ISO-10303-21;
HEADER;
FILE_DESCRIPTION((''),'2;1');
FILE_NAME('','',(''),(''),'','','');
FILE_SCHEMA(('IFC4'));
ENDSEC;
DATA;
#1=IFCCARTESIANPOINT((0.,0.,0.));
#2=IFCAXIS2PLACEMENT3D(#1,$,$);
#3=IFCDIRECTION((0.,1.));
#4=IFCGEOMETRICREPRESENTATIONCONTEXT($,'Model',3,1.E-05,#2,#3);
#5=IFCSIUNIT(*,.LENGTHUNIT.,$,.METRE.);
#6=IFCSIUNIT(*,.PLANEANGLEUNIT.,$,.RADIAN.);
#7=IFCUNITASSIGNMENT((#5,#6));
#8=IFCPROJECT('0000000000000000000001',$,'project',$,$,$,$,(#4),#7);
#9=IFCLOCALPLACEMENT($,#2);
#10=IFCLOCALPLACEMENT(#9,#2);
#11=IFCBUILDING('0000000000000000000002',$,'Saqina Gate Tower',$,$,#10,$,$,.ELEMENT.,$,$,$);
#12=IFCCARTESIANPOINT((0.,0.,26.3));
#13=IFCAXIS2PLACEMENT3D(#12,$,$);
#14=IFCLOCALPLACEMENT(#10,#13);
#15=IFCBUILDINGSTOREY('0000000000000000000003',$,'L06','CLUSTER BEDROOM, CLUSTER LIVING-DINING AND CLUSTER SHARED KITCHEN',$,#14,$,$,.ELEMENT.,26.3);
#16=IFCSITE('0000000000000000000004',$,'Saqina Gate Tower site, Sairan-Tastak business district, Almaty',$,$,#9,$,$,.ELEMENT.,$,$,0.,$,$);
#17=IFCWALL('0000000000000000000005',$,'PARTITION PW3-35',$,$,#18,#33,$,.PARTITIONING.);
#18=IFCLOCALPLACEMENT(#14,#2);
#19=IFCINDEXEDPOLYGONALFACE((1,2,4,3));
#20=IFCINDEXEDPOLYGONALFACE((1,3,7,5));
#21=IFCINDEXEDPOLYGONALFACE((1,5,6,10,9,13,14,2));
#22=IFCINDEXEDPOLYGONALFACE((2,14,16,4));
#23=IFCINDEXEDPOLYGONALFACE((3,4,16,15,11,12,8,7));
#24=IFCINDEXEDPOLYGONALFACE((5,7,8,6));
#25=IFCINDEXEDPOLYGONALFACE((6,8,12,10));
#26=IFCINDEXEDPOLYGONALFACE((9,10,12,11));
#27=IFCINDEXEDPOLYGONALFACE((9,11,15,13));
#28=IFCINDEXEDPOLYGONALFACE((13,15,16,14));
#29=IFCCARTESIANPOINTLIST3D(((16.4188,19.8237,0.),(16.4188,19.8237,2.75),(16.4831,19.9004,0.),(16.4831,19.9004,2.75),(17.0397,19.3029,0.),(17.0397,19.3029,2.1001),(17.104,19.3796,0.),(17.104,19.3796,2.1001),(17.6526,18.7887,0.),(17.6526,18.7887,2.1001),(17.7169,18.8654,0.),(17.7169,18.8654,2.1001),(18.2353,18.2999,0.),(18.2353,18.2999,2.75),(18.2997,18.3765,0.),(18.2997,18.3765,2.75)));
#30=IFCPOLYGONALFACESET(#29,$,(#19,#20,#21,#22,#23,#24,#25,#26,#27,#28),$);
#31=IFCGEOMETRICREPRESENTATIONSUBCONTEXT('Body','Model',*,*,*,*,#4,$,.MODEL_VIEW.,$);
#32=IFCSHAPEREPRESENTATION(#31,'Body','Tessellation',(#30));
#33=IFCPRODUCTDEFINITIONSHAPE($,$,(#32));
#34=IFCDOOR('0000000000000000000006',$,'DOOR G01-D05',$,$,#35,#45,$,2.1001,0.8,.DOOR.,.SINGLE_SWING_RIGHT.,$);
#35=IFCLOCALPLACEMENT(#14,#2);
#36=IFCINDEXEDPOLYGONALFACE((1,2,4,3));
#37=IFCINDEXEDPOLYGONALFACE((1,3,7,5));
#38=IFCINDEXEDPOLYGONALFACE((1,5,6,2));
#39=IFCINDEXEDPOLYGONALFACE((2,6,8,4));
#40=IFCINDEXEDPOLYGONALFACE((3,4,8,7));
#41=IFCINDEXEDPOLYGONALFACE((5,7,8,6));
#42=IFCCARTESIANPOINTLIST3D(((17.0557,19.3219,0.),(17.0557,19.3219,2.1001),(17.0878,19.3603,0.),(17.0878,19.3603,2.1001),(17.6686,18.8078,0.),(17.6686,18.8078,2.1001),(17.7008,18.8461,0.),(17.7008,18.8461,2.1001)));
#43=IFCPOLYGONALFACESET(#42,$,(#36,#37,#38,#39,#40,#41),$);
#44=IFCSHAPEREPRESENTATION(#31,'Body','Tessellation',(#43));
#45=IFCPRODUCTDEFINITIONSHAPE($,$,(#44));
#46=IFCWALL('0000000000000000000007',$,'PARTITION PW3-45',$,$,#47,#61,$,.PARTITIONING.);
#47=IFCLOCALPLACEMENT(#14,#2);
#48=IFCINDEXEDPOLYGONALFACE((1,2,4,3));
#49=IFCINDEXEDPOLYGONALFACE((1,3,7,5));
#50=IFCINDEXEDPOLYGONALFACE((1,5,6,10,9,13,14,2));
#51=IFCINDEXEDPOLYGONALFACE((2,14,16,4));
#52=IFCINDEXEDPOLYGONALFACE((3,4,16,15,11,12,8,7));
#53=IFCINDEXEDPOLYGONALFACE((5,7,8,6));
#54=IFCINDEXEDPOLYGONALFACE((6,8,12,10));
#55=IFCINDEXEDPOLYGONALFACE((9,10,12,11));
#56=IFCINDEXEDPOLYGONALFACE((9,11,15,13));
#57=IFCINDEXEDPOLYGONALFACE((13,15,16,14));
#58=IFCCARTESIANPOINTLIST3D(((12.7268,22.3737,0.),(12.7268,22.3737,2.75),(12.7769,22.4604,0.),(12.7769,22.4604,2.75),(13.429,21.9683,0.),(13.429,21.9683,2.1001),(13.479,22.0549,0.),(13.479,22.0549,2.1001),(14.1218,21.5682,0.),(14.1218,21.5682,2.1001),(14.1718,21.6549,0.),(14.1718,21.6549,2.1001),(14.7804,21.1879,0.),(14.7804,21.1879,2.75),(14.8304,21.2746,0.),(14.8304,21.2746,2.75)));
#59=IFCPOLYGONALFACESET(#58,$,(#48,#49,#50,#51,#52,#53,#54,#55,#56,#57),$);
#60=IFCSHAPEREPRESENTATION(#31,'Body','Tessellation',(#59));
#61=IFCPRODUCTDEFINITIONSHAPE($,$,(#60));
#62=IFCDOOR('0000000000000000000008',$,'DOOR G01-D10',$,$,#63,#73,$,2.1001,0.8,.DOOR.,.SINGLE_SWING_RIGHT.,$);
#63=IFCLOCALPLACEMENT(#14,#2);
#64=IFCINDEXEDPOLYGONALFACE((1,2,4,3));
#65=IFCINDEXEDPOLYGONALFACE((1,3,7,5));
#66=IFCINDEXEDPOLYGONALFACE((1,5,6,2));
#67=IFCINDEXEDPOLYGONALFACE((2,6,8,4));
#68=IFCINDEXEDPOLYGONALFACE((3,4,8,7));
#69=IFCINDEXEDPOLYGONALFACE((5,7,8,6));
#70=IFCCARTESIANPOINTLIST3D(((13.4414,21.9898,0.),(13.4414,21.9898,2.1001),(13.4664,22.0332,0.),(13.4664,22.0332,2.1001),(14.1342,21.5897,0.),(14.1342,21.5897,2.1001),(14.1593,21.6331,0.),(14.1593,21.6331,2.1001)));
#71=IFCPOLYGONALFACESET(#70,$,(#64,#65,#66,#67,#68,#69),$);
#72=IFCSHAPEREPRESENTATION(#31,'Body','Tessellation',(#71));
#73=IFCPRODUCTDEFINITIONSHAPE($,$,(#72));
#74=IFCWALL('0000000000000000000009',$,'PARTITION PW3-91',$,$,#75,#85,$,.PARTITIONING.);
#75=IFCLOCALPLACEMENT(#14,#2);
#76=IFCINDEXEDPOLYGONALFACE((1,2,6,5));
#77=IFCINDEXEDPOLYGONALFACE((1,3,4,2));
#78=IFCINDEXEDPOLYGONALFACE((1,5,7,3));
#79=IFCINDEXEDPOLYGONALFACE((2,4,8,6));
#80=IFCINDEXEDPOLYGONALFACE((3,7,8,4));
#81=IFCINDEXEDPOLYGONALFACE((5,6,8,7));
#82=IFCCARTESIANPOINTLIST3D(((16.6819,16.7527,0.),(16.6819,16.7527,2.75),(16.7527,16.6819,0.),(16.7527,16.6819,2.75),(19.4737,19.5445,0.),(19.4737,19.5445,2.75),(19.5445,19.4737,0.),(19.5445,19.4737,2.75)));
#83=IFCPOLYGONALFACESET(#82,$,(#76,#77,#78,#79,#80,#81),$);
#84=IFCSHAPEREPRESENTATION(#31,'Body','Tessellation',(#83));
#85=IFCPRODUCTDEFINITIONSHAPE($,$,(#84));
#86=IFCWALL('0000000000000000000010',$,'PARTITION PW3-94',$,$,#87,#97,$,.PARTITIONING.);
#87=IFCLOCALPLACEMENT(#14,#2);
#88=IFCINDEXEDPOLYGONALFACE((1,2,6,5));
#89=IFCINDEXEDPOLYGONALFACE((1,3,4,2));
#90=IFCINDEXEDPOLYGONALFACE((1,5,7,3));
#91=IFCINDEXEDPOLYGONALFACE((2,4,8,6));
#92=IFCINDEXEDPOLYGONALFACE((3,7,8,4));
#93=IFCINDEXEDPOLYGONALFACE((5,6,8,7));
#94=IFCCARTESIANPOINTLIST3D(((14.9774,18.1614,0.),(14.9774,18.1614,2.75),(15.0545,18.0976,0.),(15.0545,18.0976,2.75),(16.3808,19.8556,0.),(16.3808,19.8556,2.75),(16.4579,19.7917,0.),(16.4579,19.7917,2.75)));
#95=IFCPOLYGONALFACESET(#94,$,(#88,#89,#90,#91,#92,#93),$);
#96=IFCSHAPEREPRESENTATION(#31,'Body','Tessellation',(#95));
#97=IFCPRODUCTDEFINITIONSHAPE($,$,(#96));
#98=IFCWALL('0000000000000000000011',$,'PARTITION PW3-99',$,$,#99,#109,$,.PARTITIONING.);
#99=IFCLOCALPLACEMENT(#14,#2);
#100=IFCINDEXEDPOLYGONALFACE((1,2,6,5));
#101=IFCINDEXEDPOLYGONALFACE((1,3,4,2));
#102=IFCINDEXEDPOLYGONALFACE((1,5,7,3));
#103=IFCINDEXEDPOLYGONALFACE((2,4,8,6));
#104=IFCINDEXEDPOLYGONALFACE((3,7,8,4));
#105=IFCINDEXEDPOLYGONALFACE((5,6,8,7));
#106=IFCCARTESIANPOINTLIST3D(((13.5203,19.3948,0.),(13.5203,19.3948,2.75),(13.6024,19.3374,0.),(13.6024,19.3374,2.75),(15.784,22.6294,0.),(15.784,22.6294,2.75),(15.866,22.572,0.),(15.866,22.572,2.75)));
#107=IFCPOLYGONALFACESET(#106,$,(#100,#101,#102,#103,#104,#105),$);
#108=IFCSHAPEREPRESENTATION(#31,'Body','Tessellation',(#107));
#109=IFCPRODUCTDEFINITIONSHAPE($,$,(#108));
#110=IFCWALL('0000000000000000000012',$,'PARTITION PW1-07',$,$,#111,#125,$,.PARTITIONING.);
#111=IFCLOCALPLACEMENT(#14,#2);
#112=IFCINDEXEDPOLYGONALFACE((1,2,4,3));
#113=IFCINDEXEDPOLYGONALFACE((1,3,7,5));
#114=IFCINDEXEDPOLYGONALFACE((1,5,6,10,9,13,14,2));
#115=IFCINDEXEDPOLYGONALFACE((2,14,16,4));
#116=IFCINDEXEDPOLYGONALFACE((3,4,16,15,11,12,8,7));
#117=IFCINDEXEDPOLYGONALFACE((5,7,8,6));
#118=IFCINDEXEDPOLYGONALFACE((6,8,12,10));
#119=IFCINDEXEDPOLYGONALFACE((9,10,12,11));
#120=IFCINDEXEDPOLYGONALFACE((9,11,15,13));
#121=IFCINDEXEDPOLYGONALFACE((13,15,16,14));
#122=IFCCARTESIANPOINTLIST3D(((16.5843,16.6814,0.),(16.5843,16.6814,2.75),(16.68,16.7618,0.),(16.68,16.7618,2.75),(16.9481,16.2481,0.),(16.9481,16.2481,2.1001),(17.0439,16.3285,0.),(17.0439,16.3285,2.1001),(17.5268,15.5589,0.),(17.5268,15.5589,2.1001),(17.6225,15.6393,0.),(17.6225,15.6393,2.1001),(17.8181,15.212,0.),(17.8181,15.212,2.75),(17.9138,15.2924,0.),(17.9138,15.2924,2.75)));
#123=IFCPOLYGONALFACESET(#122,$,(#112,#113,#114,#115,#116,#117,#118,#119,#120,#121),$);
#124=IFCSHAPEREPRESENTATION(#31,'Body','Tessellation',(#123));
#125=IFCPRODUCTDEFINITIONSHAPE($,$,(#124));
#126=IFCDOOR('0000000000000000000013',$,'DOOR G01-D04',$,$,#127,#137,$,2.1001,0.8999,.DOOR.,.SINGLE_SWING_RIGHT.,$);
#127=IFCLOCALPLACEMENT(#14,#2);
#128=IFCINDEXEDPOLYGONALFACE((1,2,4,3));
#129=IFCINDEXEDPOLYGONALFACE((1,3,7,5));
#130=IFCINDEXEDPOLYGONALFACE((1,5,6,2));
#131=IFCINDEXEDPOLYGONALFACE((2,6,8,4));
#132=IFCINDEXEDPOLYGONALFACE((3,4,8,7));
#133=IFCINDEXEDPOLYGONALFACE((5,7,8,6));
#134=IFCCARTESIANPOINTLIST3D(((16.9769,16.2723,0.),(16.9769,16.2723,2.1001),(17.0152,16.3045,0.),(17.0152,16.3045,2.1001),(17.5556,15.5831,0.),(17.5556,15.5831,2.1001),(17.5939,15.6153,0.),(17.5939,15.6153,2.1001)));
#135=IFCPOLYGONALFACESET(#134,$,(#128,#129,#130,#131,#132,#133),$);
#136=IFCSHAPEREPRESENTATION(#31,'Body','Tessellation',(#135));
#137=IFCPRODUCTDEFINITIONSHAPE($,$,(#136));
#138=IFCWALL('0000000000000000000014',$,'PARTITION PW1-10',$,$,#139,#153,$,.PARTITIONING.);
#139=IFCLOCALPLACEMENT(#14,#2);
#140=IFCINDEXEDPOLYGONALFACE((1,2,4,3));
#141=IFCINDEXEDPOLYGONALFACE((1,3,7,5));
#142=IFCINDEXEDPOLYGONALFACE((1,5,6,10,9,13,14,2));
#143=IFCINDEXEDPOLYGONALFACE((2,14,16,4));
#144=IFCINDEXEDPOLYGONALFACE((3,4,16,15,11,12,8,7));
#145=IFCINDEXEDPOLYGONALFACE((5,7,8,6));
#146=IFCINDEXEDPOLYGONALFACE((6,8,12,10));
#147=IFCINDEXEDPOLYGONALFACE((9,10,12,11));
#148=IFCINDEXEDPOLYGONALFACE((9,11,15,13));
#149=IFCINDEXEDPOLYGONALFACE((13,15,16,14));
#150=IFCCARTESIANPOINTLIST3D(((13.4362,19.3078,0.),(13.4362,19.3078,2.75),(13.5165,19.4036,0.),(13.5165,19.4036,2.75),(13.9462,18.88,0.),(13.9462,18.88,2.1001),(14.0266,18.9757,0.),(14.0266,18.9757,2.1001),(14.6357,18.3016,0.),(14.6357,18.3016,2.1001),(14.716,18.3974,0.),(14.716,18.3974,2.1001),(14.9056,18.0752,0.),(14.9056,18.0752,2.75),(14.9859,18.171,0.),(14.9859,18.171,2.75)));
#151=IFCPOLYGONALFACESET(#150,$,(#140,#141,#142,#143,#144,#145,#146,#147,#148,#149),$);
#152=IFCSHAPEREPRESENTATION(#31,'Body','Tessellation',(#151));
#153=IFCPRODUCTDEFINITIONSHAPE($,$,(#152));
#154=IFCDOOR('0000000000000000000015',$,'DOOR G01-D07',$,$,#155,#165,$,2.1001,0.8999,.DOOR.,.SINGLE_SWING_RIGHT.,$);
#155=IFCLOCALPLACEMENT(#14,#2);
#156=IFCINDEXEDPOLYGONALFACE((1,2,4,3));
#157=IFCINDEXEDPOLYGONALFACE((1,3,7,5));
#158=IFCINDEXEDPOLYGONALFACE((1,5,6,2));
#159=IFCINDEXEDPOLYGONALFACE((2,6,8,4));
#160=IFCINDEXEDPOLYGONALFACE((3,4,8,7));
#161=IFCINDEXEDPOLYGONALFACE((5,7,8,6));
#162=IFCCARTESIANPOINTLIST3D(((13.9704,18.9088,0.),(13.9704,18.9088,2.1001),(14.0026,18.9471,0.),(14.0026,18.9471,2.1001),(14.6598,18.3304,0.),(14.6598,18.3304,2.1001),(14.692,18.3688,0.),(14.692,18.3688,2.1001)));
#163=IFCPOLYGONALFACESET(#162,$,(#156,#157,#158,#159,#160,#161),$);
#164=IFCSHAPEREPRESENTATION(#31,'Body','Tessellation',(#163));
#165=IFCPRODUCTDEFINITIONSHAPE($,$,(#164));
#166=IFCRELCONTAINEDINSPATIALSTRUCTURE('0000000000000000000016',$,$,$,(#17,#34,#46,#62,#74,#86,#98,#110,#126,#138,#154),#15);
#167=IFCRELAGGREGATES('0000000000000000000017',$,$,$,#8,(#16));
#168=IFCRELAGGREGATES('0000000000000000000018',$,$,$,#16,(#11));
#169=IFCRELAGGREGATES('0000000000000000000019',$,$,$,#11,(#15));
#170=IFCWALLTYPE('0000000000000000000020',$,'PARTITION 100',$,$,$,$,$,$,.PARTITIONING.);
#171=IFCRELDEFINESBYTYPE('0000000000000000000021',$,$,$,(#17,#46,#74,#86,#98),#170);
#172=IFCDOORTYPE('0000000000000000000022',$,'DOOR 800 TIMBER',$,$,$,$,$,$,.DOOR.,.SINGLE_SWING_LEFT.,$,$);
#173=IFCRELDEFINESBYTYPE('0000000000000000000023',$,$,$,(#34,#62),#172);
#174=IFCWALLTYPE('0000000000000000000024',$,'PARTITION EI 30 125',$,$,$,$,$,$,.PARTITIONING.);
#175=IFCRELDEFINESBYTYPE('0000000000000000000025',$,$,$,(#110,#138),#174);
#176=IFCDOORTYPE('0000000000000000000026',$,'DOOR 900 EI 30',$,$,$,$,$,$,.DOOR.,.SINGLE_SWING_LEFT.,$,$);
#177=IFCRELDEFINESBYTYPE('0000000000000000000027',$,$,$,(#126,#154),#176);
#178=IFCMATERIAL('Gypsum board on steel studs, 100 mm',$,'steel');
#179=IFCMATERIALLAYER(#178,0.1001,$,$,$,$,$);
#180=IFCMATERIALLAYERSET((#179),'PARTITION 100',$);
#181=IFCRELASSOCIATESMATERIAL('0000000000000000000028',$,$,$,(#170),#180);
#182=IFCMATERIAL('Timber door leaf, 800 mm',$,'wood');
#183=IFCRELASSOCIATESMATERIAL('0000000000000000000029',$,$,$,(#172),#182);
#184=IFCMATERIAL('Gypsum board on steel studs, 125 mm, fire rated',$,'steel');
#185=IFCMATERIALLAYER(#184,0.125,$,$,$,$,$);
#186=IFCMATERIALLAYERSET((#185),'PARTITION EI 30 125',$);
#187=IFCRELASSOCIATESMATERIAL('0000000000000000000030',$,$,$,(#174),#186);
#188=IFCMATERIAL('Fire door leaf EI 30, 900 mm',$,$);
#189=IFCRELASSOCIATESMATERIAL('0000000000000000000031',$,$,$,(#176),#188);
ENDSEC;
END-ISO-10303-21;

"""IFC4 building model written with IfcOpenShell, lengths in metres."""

from ifc_helpers import new_model, si_unit, direction, frame, frame_2d, origin, place, context, subcontext, project, spatial, rectangle, extrude, material, layer, layer_set, type_object, element, fill, save


model = new_model("IFC4")

# Units and contexts
model_context = context("Model", 3, precision=1e-05, world=origin(), true_north=direction((0.0, 1.0)))
body_context = subcontext(model_context, "Body", "Model", "MODEL_VIEW")
ifc_project = project(units=[si_unit("LENGTHUNIT", "METRE"), si_unit("PLANEANGLEUNIT", "RADIAN")], contexts=[model_context])

# Site, building, storey
site_placement = place(None, origin())
site = spatial("IfcSite", under=ifc_project, at=site_placement, Name="Saqina Gate Tower site, Sairan-Tastak business district, Almaty", CompositionType="ELEMENT", RefElevation=0.0)
building_placement = place(site_placement, origin())
building = spatial("IfcBuilding", under=site, at=building_placement, Name="Saqina Gate Tower", CompositionType="ELEMENT")
storey_placement = place(building_placement, frame((0.0, 0.0, 26.3)))
storey = spatial("IfcBuildingStorey", under=building, at=storey_placement, Name="L06", Description="CLUSTER BEDROOM, CLUSTER LIVING-DINING AND CLUSTER SHARED KITCHEN", CompositionType="ELEMENT", Elevation=26.3)

# Shared definitions
ifc_material_1 = material(Name="Gypsum board on steel studs, 100 mm", Category="steel")
ifc_layer_1 = layer(ifc_material_1, 0.1001)
ifc_layer_set_1 = layer_set([ifc_layer_1], Name="PARTITION 100")
wall_type_1 = type_object("IfcWallType", Name="PARTITION 100", PredefinedType="PARTITIONING", material=ifc_layer_set_1)
ifc_material_2 = material(Name="Timber door leaf, 800 mm", Category="wood")
door_type_1 = type_object("IfcDoorType", Name="DOOR 800 TIMBER", OperationType="SINGLE_SWING_LEFT", PredefinedType="DOOR", material=ifc_material_2)

# Walls, openings, doors
wall_1_placement = place(storey_placement, frame((16.4509, 19.8621, 0.0), z_axis=(0.0, 0.0, 1.0), x_axis=(0.766133, -0.642682, 0.0)))
wall_1 = element("IfcWall", 1, at=wall_1_placement, inside=storey, type_object=wall_type_1, Name="PARTITION PW3-35", PredefinedType="PARTITIONING", context=body_context, shape_type="SweptSolid", body=[
    extrude(rectangle(XDim=2.3711, YDim=0.1001, at=frame_2d((1.1855, 0.0))), origin(), (0.0, 0.0, 1.0), 2.75),
])
opening_1_placement = place(wall_1_placement, frame((0.8105, 0.0, 0.0)))
opening_1 = element("IfcOpeningElement", 2, at=opening_1_placement, cuts=wall_1, PredefinedType="OPENING", context=body_context, shape_type="SweptSolid", body=[
    extrude(rectangle(XDim=0.8, YDim=2.1001, at=frame_2d((0.3999, 1.05))), frame((0.0, 0.062, 0.0), z_axis=(0.0, -1.0, 0.0), x_axis=(1.0, 0.0, 0.0)), (0.0, 0.0, 1.0), 0.124),
])
door_1_placement = place(opening_1_placement, origin())
door_1 = element("IfcDoor", 3, at=door_1_placement, inside=storey, type_object=door_type_1, Name="DOOR G01-D05", OperationType="SINGLE_SWING_RIGHT", OverallHeight=2.1001, OverallWidth=0.8, PredefinedType="DOOR", context=body_context, shape_type="SweptSolid", body=[
    extrude(rectangle(XDim=0.8, YDim=2.1001, at=frame_2d((0.3999, 1.05))), frame((0.0, 0.0249, 0.0), z_axis=(0.0, -1.0, 0.0), x_axis=(1.0, 0.0, 0.0)), (0.0, 0.0, 1.0), 0.05),
])
fill(opening_1, door_1)
wall_2_placement = place(storey_placement, frame((12.752, 22.417, 0.0), z_axis=(0.0, 0.0, 1.0), x_axis=(0.865985, -0.50007, 0.0)))
wall_2 = element("IfcWall", 4, at=wall_2_placement, inside=storey, type_object=wall_type_1, Name="PARTITION PW3-45", PredefinedType="PARTITIONING", context=body_context, shape_type="SweptSolid", body=[
    extrude(rectangle(XDim=2.3713, YDim=0.1001, at=frame_2d((1.1855, 0.0))), origin(), (0.0, 0.0, 1.0), 2.75),
])
opening_2_placement = place(wall_2_placement, frame((0.8108, 0.0, 0.0)))
opening_2 = element("IfcOpeningElement", 5, at=opening_2_placement, cuts=wall_2, PredefinedType="OPENING", context=body_context, shape_type="SweptSolid", body=[
    extrude(rectangle(XDim=0.8, YDim=2.1001, at=frame_2d((0.3999, 1.05))), frame((0.0, 0.062, 0.0), z_axis=(0.0, -1.0, 0.0), x_axis=(1.0, 0.0, 0.0)), (0.0, 0.0, 1.0), 0.124),
])
door_2_placement = place(opening_2_placement, origin())
door_2 = element("IfcDoor", 6, at=door_2_placement, inside=storey, type_object=door_type_1, Name="DOOR G01-D10", OperationType="SINGLE_SWING_RIGHT", OverallHeight=2.1001, OverallWidth=0.8, PredefinedType="DOOR", context=body_context, shape_type="SweptSolid", body=[
    extrude(rectangle(XDim=0.8, YDim=2.1001, at=frame_2d((0.3999, 1.05))), frame((0.0, 0.0249, 0.0), z_axis=(0.0, -1.0, 0.0), x_axis=(1.0, 0.0, 0.0)), (0.0, 0.0, 1.0), 0.05),
])
fill(opening_2, door_2)

# Walls
wall_3_placement = place(storey_placement, frame((16.7173, 16.7173, 0.0), z_axis=(0.0, 0.0, 1.0), x_axis=(0.707107, 0.707107, 0.0)))
element("IfcWall", 7, at=wall_3_placement, inside=storey, type_object=wall_type_1, Name="PARTITION PW3-91", PredefinedType="PARTITIONING", context=body_context, shape_type="SweptSolid", body=[
    extrude(rectangle(XDim=3.9482, YDim=0.1001, at=frame_2d((1.9741, 0.0))), origin(), (0.0, 0.0, 1.0), 2.75),
])
wall_4_placement = place(storey_placement, frame((15.0159, 18.1294, 0.0), z_axis=(0.0, 0.0, 1.0), x_axis=(0.637922, 0.770101, 0.0)))
element("IfcWall", 8, at=wall_4_placement, inside=storey, type_object=wall_type_1, Name="PARTITION PW3-94", PredefinedType="PARTITIONING", context=body_context, shape_type="SweptSolid", body=[
    extrude(rectangle(XDim=2.2, YDim=0.1001, at=frame_2d((1.1001, 0.0))), origin(), (0.0, 0.0, 1.0), 2.75),
])
wall_5_placement = place(storey_placement, frame((13.5613, 19.366, 0.0), z_axis=(0.0, 0.0, 1.0), x_axis=(0.573367, 0.819299, 0.0)))
element("IfcWall", 9, at=wall_5_placement, inside=storey, type_object=wall_type_1, Name="PARTITION PW3-99", PredefinedType="PARTITIONING", context=body_context, shape_type="SweptSolid", body=[
    extrude(rectangle(XDim=3.948, YDim=0.1001, at=frame_2d((1.9741, 0.0))), origin(), (0.0, 0.0, 1.0), 2.75),
])

# Walls, openings, doors
ifc_material_3 = material(Name="Gypsum board on steel studs, 125 mm, fire rated", Category="steel")
ifc_layer_2 = layer(ifc_material_3, 0.125)
ifc_layer_set_2 = layer_set([ifc_layer_2], Name="PARTITION EI 30 125")
wall_type_2 = type_object("IfcWallType", Name="PARTITION EI 30 125", PredefinedType="PARTITIONING", material=ifc_layer_set_2)
wall_6_placement = place(storey_placement, frame((16.6321, 16.7217, 0.0), z_axis=(0.0, 0.0, 1.0), x_axis=(0.643046, -0.765828, 0.0)))
wall_6 = element("IfcWall", 10, at=wall_6_placement, inside=storey, type_object=wall_type_2, Name="PARTITION PW1-07", PredefinedType="PARTITIONING", context=body_context, shape_type="SweptSolid", body=[
    extrude(rectangle(XDim=1.9187, YDim=0.125, at=frame_2d((0.9595, 0.0))), origin(), (0.0, 0.0, 1.0), 2.75),
])
opening_3_placement = place(wall_6_placement, frame((0.5659, 0.0, 0.0)))
opening_3 = element("IfcOpeningElement", 11, at=opening_3_placement, cuts=wall_6, PredefinedType="OPENING", context=body_context, shape_type="SweptSolid", body=[
    extrude(rectangle(XDim=0.8999, YDim=2.1001, at=frame_2d((0.45, 1.05))), frame((0.0, 0.0745, 0.0), z_axis=(0.0, -1.0, 0.0), x_axis=(1.0, 0.0, 0.0)), (0.0, 0.0, 1.0), 0.1489),
])
ifc_material_4 = material(Name="Fire door leaf EI 30, 900 mm")
door_type_2 = type_object("IfcDoorType", Name="DOOR 900 EI 30", OperationType="SINGLE_SWING_LEFT", PredefinedType="DOOR", material=ifc_material_4)
door_3_placement = place(opening_3_placement, frame((0.8999, 0.0, 0.0), z_axis=(0.0, 0.0, 1.0), x_axis=(-1.0, 0.0, 0.0)))
door_3 = element("IfcDoor", 12, at=door_3_placement, inside=storey, type_object=door_type_2, Name="DOOR G01-D04", OperationType="SINGLE_SWING_RIGHT", OverallHeight=2.1001, OverallWidth=0.8999, PredefinedType="DOOR", context=body_context, shape_type="SweptSolid", body=[
    extrude(rectangle(XDim=0.8999, YDim=2.1001, at=frame_2d((0.45, 1.05))), frame((0.0, 0.0249, 0.0), z_axis=(0.0, -1.0, 0.0), x_axis=(1.0, 0.0, 0.0)), (0.0, 0.0, 1.0), 0.05),
])
fill(opening_3, door_3)
wall_7_placement = place(storey_placement, frame((13.4763, 19.3557, 0.0), z_axis=(0.0, 0.0, 1.0), x_axis=(0.766141, -0.642673, 0.0)))
wall_7 = element("IfcWall", 13, at=wall_7_placement, inside=storey, type_object=wall_type_2, Name="PARTITION PW1-10", PredefinedType="PARTITIONING", context=body_context, shape_type="SweptSolid", body=[
    extrude(rectangle(XDim=1.918, YDim=0.125, at=frame_2d((0.959, 0.0))), origin(), (0.0, 0.0, 1.0), 2.75),
])
opening_4_placement = place(wall_7_placement, frame((0.6658, 0.0, 0.0)))
opening_4 = element("IfcOpeningElement", 14, at=opening_4_placement, cuts=wall_7, PredefinedType="OPENING", context=body_context, shape_type="SweptSolid", body=[
    extrude(rectangle(XDim=0.8999, YDim=2.1001, at=frame_2d((0.45, 1.05))), frame((0.0, 0.0745, 0.0), z_axis=(0.0, -1.0, 0.0), x_axis=(1.0, 0.0, 0.0)), (0.0, 0.0, 1.0), 0.1489),
])
door_4_placement = place(opening_4_placement, frame((0.8999, 0.0, 0.0), z_axis=(0.0, 0.0, 1.0), x_axis=(-1.0, 0.0, 0.0)))
door_4 = element("IfcDoor", 15, at=door_4_placement, inside=storey, type_object=door_type_2, Name="DOOR G01-D07", OperationType="SINGLE_SWING_RIGHT", OverallHeight=2.1001, OverallWidth=0.8999, PredefinedType="DOOR", context=body_context, shape_type="SweptSolid", body=[
    extrude(rectangle(XDim=0.8999, YDim=2.1001, at=frame_2d((0.45, 1.05))), frame((0.0, 0.0249, 0.0), z_axis=(0.0, -1.0, 0.0), x_axis=(1.0, 0.0, 0.0)), (0.0, 0.0, 1.0), 0.05),
])
fill(opening_4, door_4)

save(model, "model.ifc")
